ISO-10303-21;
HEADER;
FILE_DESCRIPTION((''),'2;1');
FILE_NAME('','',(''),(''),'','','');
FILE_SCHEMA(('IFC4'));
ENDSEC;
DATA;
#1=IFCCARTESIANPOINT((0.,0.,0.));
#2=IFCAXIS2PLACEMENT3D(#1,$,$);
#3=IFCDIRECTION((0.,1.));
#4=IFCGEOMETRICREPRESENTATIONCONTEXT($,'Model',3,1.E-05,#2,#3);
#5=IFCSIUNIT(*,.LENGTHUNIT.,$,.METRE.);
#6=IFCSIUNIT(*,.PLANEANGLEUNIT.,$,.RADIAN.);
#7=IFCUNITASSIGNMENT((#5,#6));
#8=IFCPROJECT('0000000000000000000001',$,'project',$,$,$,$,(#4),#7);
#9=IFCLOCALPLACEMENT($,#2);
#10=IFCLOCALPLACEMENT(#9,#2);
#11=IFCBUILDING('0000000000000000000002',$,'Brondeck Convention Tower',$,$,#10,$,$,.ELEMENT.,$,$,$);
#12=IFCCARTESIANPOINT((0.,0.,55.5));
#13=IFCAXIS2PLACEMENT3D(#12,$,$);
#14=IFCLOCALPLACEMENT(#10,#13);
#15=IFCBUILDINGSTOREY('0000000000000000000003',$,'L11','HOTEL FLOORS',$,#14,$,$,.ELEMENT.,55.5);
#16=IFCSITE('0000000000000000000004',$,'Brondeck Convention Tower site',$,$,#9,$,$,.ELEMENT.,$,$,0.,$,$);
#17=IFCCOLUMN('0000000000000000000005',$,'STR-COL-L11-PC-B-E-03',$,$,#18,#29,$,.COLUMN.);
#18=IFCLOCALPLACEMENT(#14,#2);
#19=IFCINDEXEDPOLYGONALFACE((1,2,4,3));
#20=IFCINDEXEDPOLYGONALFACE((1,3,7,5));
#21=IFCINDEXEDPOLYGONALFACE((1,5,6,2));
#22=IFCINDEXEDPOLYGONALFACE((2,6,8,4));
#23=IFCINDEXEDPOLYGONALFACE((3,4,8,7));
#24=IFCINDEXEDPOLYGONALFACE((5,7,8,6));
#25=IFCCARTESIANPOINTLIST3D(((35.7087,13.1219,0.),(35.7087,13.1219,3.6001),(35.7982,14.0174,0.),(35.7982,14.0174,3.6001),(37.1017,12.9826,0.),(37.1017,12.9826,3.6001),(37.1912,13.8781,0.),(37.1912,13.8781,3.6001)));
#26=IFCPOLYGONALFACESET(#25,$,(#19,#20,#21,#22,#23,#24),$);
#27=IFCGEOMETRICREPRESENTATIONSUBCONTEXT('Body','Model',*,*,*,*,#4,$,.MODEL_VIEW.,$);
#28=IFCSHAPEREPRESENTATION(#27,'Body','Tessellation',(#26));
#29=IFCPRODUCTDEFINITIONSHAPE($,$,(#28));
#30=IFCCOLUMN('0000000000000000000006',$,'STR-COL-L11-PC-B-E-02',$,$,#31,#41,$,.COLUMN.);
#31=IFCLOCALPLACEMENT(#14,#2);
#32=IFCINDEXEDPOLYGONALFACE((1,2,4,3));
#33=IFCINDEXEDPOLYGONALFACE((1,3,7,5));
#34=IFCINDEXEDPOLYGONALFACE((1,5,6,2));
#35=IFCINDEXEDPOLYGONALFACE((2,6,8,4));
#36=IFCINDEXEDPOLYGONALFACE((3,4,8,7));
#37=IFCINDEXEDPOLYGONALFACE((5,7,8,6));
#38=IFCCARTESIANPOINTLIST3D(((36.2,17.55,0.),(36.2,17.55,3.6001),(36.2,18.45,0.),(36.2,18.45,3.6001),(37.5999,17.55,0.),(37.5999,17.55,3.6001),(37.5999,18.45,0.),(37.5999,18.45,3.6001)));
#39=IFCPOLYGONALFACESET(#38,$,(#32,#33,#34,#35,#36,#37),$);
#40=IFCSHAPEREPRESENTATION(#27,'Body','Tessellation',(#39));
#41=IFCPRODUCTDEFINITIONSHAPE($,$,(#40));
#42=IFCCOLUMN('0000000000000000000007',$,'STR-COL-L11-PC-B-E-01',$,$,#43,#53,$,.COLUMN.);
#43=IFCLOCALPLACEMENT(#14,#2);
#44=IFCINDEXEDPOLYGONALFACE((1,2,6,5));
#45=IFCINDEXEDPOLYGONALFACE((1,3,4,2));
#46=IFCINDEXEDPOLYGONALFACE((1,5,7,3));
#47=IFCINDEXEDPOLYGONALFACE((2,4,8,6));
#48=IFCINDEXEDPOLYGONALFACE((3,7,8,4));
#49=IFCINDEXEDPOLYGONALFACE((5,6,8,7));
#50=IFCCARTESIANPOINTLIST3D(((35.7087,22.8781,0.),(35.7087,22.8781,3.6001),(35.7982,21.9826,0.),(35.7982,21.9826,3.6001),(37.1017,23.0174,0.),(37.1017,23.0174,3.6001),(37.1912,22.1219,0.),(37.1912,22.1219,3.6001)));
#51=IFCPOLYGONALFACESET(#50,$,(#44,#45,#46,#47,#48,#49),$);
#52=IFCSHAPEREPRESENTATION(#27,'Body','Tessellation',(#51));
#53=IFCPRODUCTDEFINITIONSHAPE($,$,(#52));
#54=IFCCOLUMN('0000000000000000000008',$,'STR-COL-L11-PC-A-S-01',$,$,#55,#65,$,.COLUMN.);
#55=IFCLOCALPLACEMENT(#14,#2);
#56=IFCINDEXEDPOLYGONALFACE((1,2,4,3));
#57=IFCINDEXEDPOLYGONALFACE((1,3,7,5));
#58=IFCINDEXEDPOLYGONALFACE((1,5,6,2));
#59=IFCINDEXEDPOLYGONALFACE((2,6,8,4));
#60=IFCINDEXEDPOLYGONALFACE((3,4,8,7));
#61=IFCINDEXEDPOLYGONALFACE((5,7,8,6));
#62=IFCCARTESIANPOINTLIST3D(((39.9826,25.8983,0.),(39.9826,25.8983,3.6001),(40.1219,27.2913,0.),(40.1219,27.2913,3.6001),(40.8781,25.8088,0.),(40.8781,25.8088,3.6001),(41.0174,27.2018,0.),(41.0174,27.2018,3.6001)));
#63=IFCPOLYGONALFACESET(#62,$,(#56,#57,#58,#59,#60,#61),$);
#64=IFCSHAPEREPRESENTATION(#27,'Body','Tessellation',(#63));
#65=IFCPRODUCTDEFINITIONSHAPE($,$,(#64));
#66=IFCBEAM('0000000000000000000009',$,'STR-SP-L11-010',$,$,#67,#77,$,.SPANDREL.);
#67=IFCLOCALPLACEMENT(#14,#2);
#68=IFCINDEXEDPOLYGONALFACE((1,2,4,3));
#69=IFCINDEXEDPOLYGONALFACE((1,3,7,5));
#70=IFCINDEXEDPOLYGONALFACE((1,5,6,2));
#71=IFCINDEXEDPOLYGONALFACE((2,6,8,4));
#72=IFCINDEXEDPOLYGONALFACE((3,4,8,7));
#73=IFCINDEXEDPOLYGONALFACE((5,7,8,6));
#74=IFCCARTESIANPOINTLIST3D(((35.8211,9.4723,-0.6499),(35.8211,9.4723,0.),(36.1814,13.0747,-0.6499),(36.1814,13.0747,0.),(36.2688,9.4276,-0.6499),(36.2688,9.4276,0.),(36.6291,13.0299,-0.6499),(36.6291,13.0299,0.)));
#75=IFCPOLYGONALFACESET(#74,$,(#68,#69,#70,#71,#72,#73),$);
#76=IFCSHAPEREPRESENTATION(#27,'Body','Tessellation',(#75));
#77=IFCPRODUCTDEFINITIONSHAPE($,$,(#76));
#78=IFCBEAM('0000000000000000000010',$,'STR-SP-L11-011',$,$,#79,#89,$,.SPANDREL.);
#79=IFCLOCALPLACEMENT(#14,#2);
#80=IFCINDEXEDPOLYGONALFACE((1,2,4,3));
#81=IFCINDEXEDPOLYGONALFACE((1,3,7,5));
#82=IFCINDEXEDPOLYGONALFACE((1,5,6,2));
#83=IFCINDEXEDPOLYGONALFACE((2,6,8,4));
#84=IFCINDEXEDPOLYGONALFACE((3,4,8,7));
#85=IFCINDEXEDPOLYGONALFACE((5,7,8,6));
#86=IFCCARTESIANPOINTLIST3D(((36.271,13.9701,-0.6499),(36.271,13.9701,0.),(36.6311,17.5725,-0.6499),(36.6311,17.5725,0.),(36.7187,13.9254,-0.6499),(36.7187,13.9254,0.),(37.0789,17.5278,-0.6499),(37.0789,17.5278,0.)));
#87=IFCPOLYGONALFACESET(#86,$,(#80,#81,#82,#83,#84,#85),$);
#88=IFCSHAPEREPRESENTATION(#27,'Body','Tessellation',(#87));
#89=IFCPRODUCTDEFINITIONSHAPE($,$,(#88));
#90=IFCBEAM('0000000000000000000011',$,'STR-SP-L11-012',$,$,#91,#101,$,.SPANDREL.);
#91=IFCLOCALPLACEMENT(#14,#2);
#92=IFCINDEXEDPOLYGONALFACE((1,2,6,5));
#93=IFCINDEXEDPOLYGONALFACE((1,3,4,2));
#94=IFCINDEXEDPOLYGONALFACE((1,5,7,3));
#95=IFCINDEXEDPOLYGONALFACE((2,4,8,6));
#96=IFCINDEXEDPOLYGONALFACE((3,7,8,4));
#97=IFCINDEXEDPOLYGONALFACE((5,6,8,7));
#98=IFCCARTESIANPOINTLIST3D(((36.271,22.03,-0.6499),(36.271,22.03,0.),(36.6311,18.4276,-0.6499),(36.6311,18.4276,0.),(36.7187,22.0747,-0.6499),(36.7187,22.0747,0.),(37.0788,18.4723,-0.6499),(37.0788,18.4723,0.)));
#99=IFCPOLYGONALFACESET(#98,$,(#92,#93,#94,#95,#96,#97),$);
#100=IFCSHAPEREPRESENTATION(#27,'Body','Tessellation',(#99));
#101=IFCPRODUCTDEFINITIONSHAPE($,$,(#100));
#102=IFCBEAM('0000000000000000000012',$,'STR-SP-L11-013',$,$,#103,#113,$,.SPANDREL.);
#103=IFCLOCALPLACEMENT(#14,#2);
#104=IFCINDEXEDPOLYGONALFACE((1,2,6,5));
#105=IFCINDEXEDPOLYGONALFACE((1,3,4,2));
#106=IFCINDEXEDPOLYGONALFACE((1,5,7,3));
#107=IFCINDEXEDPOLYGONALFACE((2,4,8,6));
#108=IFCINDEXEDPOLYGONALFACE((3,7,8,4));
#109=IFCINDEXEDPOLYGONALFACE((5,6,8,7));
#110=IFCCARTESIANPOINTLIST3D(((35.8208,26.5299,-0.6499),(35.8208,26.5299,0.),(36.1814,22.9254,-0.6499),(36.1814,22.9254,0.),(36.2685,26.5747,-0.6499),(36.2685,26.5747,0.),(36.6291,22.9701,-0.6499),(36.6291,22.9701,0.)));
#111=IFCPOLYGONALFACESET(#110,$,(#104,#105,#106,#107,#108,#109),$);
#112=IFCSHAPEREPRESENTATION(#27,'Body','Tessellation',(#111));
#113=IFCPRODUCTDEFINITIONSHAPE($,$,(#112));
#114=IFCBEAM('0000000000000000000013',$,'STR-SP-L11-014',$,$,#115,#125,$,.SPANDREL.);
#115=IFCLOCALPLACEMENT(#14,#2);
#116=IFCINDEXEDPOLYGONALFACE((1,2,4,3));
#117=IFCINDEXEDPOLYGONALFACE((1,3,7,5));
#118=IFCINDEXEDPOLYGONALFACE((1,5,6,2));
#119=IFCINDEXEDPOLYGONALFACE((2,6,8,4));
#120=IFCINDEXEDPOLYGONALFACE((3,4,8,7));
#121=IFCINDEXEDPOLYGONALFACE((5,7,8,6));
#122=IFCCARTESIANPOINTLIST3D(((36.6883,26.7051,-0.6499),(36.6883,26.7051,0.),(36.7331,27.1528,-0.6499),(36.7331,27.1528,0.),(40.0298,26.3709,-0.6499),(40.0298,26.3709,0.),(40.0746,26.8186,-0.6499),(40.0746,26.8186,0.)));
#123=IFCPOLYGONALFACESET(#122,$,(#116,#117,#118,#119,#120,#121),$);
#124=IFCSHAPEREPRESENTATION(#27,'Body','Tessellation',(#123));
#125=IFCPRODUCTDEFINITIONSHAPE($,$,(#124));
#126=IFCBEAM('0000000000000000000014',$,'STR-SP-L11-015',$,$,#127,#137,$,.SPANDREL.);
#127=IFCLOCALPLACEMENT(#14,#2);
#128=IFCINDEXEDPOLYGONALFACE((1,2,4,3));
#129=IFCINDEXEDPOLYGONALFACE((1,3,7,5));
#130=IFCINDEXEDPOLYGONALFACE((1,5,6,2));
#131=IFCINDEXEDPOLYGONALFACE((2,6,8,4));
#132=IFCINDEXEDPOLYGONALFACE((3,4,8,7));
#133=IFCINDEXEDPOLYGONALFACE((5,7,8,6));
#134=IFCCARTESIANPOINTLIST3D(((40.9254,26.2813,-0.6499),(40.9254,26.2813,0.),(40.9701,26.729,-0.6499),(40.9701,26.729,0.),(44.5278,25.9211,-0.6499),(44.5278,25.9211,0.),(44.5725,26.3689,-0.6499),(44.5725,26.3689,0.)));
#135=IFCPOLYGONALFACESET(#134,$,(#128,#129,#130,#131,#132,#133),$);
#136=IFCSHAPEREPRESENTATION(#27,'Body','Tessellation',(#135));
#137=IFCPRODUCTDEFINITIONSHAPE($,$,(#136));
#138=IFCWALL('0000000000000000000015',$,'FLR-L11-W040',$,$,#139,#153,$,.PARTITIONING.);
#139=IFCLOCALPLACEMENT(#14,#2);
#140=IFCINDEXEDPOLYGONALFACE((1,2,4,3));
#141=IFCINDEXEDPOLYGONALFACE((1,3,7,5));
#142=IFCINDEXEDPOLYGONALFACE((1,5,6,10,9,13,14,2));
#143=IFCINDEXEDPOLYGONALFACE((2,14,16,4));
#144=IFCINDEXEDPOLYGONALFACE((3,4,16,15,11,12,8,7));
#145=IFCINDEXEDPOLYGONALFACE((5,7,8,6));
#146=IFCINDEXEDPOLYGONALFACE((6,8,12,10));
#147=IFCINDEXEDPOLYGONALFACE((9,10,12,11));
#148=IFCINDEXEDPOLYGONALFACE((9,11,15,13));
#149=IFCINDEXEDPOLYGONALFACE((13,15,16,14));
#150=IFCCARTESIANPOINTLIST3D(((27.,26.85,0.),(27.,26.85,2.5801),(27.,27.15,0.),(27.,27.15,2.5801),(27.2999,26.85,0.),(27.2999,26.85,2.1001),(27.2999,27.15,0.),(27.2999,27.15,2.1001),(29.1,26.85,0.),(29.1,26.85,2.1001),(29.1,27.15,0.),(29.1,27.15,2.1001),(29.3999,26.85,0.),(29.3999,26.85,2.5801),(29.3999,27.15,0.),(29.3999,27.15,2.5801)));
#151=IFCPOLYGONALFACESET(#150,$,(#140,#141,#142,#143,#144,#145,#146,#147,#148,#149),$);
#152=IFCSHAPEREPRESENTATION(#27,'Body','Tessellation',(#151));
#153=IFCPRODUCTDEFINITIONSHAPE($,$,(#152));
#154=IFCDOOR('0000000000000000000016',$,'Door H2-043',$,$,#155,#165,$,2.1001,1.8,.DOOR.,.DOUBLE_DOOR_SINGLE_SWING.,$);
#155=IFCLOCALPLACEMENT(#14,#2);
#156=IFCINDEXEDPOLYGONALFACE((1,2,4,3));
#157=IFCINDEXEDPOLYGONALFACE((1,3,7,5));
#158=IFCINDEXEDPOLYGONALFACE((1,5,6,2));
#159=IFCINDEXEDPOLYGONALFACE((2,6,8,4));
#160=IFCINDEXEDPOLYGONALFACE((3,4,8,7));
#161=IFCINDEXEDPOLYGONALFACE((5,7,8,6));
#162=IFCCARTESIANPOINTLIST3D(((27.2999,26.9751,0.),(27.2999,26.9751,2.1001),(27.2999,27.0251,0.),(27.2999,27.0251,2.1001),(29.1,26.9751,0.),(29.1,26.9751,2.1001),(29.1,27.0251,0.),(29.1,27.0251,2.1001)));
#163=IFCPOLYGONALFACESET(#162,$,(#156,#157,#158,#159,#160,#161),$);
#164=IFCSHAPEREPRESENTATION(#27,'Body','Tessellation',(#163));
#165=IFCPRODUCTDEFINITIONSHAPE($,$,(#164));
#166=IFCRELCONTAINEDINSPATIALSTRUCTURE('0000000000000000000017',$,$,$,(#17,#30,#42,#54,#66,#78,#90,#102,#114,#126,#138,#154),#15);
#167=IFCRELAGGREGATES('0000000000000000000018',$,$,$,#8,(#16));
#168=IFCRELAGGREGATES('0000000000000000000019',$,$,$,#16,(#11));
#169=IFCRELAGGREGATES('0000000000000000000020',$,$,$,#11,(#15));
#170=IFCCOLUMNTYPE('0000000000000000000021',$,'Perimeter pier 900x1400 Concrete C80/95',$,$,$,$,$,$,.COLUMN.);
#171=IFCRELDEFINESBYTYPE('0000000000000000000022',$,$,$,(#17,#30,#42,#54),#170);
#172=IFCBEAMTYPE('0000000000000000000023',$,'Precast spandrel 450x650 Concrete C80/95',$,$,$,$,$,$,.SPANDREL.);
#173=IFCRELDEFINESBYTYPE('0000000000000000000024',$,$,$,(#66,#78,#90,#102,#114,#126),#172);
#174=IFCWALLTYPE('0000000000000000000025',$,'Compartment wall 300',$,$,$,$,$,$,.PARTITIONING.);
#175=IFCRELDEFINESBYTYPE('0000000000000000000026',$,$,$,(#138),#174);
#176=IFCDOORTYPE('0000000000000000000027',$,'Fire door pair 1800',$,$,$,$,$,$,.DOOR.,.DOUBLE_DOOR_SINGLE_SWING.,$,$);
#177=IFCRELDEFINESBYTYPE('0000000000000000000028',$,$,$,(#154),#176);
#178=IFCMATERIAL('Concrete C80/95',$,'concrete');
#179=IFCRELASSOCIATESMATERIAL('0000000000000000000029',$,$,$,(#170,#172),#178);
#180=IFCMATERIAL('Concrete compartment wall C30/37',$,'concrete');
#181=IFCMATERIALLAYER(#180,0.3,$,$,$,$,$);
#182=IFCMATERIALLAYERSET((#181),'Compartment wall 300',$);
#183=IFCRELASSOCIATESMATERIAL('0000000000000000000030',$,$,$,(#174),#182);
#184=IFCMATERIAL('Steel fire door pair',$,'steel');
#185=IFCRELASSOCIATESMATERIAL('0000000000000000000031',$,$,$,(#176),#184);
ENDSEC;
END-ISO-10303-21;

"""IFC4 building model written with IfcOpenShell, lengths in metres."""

from ifc_helpers import new_model, si_unit, direction, frame, frame_2d, origin, origin_2d, place, context, subcontext, project, spatial, rectangle, extrude, material, layer, layer_set, material_profile, profile_set, type_object, element, fill, save


model = new_model("IFC4")

# Units and contexts
model_context = context("Model", 3, precision=1e-05, world=origin(), true_north=direction((0.0, 1.0)))
body_context = subcontext(model_context, "Body", "Model", "MODEL_VIEW")
ifc_project = project(units=[si_unit("LENGTHUNIT", "METRE"), si_unit("PLANEANGLEUNIT", "RADIAN")], contexts=[model_context])

# Site, building, storey
site_placement = place(None, origin())
site = spatial("IfcSite", under=ifc_project, at=site_placement, Name="Brondeck Convention Tower site", CompositionType="ELEMENT", RefElevation=0.0)
building_placement = place(site_placement, origin())
building = spatial("IfcBuilding", under=site, at=building_placement, Name="Brondeck Convention Tower", CompositionType="ELEMENT")
storey_placement = place(building_placement, frame((0.0, 0.0, 55.5)))
storey = spatial("IfcBuildingStorey", under=building, at=storey_placement, Name="L11", Description="HOTEL FLOORS", CompositionType="ELEMENT", Elevation=55.5)

# Columns
ifc_material_1 = material(Name="Concrete C80/95", Category="concrete")
ifc_material_profile_1 = material_profile(ifc_material_1, rectangle(XDim=0.8999, YDim=1.3999, at=origin_2d()), Name="Perimeter pier 900x1400 Concrete C80/95")
ifc_profile_set_1 = profile_set([ifc_material_profile_1], Name="Concrete C80/95")
column_type = type_object("IfcColumnType", Name="Perimeter pier 900x1400 Concrete C80/95", PredefinedType="COLUMN", material=ifc_profile_set_1)
for number, where, z_axis, x_axis, name in (
    (1, (36.45, 13.5, 0.0), (0.0, 0.0, 1.0), (0.099504, 0.995037, 0.0), "STR-COL-L11-PC-B-E-03"),
    (2, (36.8999, 18.0, 0.0), (0.0, 0.0, 1.0), (0.0, 1.0, 0.0), "STR-COL-L11-PC-B-E-02"),
    (3, (36.45, 22.5, 0.0), (0.0, 0.0, 1.0), (-0.099504, 0.995037, 0.0), "STR-COL-L11-PC-B-E-01"),
    (4, (40.5, 26.55, 0.0), (0.0, 0.0, 1.0), (0.995037, -0.099504, 0.0), "STR-COL-L11-PC-A-S-01"),
):
    element("IfcColumn", number, at=place(storey_placement, frame(where, z_axis=z_axis, x_axis=x_axis)), inside=storey, type_object=column_type, Name=name, PredefinedType="COLUMN", context=body_context, shape_type="SweptSolid", body=[
        extrude(rectangle(XDim=0.8999, YDim=1.3999, at=origin_2d()), origin(), (0.0, 0.0, 1.0), 3.6001),
    ])

# Beams
ifc_material_profile_2 = material_profile(ifc_material_1, rectangle(XDim=0.45, YDim=0.6499, at=origin_2d()), Name="Precast spandrel 450x650 Concrete C80/95")
ifc_profile_set_2 = profile_set([ifc_material_profile_2], Name="Concrete C80/95")
beam_type = type_object("IfcBeamType", Name="Precast spandrel 450x650 Concrete C80/95", PredefinedType="SPANDREL", material=ifc_profile_set_2)
for number, where, z_axis, x_axis, name in (
    (5, (36.0449, 9.45, -0.325), (0.099537, 0.995034, 0.0), (-0.995034, 0.099537, 0.0), "STR-SP-L11-010"),
    (6, (36.4949, 13.9478, -0.325), (0.09947, 0.995041, 0.0), (-0.995041, 0.09947, 0.0), "STR-SP-L11-011"),
    (7, (36.855, 18.45, -0.325), (-0.09947, 0.995041, 0.0), (-0.995041, -0.09947, 0.0), "STR-SP-L11-012"),
):
    element("IfcBeam", number, at=place(storey_placement, frame(where, z_axis=z_axis, x_axis=x_axis)), inside=storey, type_object=beam_type, Name=name, PredefinedType="SPANDREL", context=body_context, shape_type="SweptSolid", body=[
        extrude(rectangle(XDim=0.45, YDim=0.6499, at=origin_2d()), origin(), (0.0, 0.0, 1.0), 3.6204),
    ])
beam_1_placement = place(storey_placement, frame((36.4053, 22.9478, -0.325), z_axis=(-0.099544, 0.995033, 0.0), x_axis=(-0.995033, -0.099544, 0.0)))
element("IfcBeam", 8, at=beam_1_placement, inside=storey, type_object=beam_type, Name="STR-SP-L11-013", PredefinedType="SPANDREL", context=body_context, shape_type="SweptSolid", body=[
    extrude(rectangle(XDim=0.45, YDim=0.6499, at=origin_2d()), origin(), (0.0, 0.0, 1.0), 3.6226),
])
beam_2_placement = place(storey_placement, frame((36.7107, 26.929, -0.325), z_axis=(0.995035, -0.099525, 0.0), x_axis=(0.099525, 0.995035, 0.0)))
element("IfcBeam", 9, at=beam_2_placement, inside=storey, type_object=beam_type, Name="STR-SP-L11-014", PredefinedType="SPANDREL", context=body_context, shape_type="SweptSolid", body=[
    extrude(rectangle(XDim=0.45, YDim=0.6499, at=origin_2d()), origin(), (0.0, 0.0, 1.0), 3.3582),
])
beam_3_placement = place(storey_placement, frame((40.9478, 26.5051, -0.325), z_axis=(0.995041, -0.09947, 0.0), x_axis=(0.09947, 0.995041, 0.0)))
element("IfcBeam", 10, at=beam_3_placement, inside=storey, type_object=beam_type, Name="STR-SP-L11-015", PredefinedType="SPANDREL", context=body_context, shape_type="SweptSolid", body=[
    extrude(rectangle(XDim=0.45, YDim=0.6499, at=origin_2d()), origin(), (0.0, 0.0, 1.0), 3.6204),
])

# Wall, opening, door
ifc_material_2 = material(Name="Concrete compartment wall C30/37", Category="concrete")
ifc_layer_1 = layer(ifc_material_2, 0.3)
ifc_layer_set_1 = layer_set([ifc_layer_1], Name="Compartment wall 300")
wall_type_1 = type_object("IfcWallType", Name="Compartment wall 300", PredefinedType="PARTITIONING", material=ifc_layer_set_1)
wall_1_placement = place(storey_placement, frame((29.3999, 27.0, 0.0), z_axis=(0.0, 0.0, 1.0), x_axis=(-1.0, 0.0, 0.0)))
wall_1 = element("IfcWall", 11, at=wall_1_placement, inside=storey, type_object=wall_type_1, Name="FLR-L11-W040", PredefinedType="PARTITIONING", context=body_context, shape_type="SweptSolid", body=[
    extrude(rectangle(XDim=2.3999, YDim=0.3, at=frame_2d((1.2, 0.0))), origin(), (0.0, 0.0, 1.0), 2.5801),
])
opening_1_placement = place(wall_1_placement, frame((0.3, 0.0, 0.0)))
opening_1 = element("IfcOpeningElement", 12, at=opening_1_placement, cuts=wall_1, PredefinedType="OPENING", context=body_context, shape_type="SweptSolid", body=[
    extrude(rectangle(XDim=1.8, YDim=2.1001, at=frame_2d((0.8999, 1.05))), frame((0.0, 0.1599, 0.0), z_axis=(0.0, -1.0, 0.0), x_axis=(1.0, 0.0, 0.0)), (0.0, 0.0, 1.0), 0.3201),
])
ifc_material_3 = material(Name="Steel fire door pair", Category="steel")
door_type_1 = type_object("IfcDoorType", Name="Fire door pair 1800", OperationType="DOUBLE_DOOR_SINGLE_SWING", PredefinedType="DOOR", material=ifc_material_3)
door_1_placement = place(opening_1_placement, origin())
door_1 = element("IfcDoor", 13, at=door_1_placement, inside=storey, type_object=door_type_1, Name="Door H2-043", OperationType="DOUBLE_DOOR_SINGLE_SWING", OverallHeight=2.1001, OverallWidth=1.8, PredefinedType="DOOR", context=body_context, shape_type="SweptSolid", body=[
    extrude(rectangle(XDim=1.8, YDim=2.1001, at=frame_2d((0.8999, 1.05))), frame((0.0, 0.0249, 0.0), z_axis=(0.0, -1.0, 0.0), x_axis=(1.0, 0.0, 0.0)), (0.0, 0.0, 1.0), 0.05),
])
fill(opening_1, door_1)

save(model, "model.ifc")
